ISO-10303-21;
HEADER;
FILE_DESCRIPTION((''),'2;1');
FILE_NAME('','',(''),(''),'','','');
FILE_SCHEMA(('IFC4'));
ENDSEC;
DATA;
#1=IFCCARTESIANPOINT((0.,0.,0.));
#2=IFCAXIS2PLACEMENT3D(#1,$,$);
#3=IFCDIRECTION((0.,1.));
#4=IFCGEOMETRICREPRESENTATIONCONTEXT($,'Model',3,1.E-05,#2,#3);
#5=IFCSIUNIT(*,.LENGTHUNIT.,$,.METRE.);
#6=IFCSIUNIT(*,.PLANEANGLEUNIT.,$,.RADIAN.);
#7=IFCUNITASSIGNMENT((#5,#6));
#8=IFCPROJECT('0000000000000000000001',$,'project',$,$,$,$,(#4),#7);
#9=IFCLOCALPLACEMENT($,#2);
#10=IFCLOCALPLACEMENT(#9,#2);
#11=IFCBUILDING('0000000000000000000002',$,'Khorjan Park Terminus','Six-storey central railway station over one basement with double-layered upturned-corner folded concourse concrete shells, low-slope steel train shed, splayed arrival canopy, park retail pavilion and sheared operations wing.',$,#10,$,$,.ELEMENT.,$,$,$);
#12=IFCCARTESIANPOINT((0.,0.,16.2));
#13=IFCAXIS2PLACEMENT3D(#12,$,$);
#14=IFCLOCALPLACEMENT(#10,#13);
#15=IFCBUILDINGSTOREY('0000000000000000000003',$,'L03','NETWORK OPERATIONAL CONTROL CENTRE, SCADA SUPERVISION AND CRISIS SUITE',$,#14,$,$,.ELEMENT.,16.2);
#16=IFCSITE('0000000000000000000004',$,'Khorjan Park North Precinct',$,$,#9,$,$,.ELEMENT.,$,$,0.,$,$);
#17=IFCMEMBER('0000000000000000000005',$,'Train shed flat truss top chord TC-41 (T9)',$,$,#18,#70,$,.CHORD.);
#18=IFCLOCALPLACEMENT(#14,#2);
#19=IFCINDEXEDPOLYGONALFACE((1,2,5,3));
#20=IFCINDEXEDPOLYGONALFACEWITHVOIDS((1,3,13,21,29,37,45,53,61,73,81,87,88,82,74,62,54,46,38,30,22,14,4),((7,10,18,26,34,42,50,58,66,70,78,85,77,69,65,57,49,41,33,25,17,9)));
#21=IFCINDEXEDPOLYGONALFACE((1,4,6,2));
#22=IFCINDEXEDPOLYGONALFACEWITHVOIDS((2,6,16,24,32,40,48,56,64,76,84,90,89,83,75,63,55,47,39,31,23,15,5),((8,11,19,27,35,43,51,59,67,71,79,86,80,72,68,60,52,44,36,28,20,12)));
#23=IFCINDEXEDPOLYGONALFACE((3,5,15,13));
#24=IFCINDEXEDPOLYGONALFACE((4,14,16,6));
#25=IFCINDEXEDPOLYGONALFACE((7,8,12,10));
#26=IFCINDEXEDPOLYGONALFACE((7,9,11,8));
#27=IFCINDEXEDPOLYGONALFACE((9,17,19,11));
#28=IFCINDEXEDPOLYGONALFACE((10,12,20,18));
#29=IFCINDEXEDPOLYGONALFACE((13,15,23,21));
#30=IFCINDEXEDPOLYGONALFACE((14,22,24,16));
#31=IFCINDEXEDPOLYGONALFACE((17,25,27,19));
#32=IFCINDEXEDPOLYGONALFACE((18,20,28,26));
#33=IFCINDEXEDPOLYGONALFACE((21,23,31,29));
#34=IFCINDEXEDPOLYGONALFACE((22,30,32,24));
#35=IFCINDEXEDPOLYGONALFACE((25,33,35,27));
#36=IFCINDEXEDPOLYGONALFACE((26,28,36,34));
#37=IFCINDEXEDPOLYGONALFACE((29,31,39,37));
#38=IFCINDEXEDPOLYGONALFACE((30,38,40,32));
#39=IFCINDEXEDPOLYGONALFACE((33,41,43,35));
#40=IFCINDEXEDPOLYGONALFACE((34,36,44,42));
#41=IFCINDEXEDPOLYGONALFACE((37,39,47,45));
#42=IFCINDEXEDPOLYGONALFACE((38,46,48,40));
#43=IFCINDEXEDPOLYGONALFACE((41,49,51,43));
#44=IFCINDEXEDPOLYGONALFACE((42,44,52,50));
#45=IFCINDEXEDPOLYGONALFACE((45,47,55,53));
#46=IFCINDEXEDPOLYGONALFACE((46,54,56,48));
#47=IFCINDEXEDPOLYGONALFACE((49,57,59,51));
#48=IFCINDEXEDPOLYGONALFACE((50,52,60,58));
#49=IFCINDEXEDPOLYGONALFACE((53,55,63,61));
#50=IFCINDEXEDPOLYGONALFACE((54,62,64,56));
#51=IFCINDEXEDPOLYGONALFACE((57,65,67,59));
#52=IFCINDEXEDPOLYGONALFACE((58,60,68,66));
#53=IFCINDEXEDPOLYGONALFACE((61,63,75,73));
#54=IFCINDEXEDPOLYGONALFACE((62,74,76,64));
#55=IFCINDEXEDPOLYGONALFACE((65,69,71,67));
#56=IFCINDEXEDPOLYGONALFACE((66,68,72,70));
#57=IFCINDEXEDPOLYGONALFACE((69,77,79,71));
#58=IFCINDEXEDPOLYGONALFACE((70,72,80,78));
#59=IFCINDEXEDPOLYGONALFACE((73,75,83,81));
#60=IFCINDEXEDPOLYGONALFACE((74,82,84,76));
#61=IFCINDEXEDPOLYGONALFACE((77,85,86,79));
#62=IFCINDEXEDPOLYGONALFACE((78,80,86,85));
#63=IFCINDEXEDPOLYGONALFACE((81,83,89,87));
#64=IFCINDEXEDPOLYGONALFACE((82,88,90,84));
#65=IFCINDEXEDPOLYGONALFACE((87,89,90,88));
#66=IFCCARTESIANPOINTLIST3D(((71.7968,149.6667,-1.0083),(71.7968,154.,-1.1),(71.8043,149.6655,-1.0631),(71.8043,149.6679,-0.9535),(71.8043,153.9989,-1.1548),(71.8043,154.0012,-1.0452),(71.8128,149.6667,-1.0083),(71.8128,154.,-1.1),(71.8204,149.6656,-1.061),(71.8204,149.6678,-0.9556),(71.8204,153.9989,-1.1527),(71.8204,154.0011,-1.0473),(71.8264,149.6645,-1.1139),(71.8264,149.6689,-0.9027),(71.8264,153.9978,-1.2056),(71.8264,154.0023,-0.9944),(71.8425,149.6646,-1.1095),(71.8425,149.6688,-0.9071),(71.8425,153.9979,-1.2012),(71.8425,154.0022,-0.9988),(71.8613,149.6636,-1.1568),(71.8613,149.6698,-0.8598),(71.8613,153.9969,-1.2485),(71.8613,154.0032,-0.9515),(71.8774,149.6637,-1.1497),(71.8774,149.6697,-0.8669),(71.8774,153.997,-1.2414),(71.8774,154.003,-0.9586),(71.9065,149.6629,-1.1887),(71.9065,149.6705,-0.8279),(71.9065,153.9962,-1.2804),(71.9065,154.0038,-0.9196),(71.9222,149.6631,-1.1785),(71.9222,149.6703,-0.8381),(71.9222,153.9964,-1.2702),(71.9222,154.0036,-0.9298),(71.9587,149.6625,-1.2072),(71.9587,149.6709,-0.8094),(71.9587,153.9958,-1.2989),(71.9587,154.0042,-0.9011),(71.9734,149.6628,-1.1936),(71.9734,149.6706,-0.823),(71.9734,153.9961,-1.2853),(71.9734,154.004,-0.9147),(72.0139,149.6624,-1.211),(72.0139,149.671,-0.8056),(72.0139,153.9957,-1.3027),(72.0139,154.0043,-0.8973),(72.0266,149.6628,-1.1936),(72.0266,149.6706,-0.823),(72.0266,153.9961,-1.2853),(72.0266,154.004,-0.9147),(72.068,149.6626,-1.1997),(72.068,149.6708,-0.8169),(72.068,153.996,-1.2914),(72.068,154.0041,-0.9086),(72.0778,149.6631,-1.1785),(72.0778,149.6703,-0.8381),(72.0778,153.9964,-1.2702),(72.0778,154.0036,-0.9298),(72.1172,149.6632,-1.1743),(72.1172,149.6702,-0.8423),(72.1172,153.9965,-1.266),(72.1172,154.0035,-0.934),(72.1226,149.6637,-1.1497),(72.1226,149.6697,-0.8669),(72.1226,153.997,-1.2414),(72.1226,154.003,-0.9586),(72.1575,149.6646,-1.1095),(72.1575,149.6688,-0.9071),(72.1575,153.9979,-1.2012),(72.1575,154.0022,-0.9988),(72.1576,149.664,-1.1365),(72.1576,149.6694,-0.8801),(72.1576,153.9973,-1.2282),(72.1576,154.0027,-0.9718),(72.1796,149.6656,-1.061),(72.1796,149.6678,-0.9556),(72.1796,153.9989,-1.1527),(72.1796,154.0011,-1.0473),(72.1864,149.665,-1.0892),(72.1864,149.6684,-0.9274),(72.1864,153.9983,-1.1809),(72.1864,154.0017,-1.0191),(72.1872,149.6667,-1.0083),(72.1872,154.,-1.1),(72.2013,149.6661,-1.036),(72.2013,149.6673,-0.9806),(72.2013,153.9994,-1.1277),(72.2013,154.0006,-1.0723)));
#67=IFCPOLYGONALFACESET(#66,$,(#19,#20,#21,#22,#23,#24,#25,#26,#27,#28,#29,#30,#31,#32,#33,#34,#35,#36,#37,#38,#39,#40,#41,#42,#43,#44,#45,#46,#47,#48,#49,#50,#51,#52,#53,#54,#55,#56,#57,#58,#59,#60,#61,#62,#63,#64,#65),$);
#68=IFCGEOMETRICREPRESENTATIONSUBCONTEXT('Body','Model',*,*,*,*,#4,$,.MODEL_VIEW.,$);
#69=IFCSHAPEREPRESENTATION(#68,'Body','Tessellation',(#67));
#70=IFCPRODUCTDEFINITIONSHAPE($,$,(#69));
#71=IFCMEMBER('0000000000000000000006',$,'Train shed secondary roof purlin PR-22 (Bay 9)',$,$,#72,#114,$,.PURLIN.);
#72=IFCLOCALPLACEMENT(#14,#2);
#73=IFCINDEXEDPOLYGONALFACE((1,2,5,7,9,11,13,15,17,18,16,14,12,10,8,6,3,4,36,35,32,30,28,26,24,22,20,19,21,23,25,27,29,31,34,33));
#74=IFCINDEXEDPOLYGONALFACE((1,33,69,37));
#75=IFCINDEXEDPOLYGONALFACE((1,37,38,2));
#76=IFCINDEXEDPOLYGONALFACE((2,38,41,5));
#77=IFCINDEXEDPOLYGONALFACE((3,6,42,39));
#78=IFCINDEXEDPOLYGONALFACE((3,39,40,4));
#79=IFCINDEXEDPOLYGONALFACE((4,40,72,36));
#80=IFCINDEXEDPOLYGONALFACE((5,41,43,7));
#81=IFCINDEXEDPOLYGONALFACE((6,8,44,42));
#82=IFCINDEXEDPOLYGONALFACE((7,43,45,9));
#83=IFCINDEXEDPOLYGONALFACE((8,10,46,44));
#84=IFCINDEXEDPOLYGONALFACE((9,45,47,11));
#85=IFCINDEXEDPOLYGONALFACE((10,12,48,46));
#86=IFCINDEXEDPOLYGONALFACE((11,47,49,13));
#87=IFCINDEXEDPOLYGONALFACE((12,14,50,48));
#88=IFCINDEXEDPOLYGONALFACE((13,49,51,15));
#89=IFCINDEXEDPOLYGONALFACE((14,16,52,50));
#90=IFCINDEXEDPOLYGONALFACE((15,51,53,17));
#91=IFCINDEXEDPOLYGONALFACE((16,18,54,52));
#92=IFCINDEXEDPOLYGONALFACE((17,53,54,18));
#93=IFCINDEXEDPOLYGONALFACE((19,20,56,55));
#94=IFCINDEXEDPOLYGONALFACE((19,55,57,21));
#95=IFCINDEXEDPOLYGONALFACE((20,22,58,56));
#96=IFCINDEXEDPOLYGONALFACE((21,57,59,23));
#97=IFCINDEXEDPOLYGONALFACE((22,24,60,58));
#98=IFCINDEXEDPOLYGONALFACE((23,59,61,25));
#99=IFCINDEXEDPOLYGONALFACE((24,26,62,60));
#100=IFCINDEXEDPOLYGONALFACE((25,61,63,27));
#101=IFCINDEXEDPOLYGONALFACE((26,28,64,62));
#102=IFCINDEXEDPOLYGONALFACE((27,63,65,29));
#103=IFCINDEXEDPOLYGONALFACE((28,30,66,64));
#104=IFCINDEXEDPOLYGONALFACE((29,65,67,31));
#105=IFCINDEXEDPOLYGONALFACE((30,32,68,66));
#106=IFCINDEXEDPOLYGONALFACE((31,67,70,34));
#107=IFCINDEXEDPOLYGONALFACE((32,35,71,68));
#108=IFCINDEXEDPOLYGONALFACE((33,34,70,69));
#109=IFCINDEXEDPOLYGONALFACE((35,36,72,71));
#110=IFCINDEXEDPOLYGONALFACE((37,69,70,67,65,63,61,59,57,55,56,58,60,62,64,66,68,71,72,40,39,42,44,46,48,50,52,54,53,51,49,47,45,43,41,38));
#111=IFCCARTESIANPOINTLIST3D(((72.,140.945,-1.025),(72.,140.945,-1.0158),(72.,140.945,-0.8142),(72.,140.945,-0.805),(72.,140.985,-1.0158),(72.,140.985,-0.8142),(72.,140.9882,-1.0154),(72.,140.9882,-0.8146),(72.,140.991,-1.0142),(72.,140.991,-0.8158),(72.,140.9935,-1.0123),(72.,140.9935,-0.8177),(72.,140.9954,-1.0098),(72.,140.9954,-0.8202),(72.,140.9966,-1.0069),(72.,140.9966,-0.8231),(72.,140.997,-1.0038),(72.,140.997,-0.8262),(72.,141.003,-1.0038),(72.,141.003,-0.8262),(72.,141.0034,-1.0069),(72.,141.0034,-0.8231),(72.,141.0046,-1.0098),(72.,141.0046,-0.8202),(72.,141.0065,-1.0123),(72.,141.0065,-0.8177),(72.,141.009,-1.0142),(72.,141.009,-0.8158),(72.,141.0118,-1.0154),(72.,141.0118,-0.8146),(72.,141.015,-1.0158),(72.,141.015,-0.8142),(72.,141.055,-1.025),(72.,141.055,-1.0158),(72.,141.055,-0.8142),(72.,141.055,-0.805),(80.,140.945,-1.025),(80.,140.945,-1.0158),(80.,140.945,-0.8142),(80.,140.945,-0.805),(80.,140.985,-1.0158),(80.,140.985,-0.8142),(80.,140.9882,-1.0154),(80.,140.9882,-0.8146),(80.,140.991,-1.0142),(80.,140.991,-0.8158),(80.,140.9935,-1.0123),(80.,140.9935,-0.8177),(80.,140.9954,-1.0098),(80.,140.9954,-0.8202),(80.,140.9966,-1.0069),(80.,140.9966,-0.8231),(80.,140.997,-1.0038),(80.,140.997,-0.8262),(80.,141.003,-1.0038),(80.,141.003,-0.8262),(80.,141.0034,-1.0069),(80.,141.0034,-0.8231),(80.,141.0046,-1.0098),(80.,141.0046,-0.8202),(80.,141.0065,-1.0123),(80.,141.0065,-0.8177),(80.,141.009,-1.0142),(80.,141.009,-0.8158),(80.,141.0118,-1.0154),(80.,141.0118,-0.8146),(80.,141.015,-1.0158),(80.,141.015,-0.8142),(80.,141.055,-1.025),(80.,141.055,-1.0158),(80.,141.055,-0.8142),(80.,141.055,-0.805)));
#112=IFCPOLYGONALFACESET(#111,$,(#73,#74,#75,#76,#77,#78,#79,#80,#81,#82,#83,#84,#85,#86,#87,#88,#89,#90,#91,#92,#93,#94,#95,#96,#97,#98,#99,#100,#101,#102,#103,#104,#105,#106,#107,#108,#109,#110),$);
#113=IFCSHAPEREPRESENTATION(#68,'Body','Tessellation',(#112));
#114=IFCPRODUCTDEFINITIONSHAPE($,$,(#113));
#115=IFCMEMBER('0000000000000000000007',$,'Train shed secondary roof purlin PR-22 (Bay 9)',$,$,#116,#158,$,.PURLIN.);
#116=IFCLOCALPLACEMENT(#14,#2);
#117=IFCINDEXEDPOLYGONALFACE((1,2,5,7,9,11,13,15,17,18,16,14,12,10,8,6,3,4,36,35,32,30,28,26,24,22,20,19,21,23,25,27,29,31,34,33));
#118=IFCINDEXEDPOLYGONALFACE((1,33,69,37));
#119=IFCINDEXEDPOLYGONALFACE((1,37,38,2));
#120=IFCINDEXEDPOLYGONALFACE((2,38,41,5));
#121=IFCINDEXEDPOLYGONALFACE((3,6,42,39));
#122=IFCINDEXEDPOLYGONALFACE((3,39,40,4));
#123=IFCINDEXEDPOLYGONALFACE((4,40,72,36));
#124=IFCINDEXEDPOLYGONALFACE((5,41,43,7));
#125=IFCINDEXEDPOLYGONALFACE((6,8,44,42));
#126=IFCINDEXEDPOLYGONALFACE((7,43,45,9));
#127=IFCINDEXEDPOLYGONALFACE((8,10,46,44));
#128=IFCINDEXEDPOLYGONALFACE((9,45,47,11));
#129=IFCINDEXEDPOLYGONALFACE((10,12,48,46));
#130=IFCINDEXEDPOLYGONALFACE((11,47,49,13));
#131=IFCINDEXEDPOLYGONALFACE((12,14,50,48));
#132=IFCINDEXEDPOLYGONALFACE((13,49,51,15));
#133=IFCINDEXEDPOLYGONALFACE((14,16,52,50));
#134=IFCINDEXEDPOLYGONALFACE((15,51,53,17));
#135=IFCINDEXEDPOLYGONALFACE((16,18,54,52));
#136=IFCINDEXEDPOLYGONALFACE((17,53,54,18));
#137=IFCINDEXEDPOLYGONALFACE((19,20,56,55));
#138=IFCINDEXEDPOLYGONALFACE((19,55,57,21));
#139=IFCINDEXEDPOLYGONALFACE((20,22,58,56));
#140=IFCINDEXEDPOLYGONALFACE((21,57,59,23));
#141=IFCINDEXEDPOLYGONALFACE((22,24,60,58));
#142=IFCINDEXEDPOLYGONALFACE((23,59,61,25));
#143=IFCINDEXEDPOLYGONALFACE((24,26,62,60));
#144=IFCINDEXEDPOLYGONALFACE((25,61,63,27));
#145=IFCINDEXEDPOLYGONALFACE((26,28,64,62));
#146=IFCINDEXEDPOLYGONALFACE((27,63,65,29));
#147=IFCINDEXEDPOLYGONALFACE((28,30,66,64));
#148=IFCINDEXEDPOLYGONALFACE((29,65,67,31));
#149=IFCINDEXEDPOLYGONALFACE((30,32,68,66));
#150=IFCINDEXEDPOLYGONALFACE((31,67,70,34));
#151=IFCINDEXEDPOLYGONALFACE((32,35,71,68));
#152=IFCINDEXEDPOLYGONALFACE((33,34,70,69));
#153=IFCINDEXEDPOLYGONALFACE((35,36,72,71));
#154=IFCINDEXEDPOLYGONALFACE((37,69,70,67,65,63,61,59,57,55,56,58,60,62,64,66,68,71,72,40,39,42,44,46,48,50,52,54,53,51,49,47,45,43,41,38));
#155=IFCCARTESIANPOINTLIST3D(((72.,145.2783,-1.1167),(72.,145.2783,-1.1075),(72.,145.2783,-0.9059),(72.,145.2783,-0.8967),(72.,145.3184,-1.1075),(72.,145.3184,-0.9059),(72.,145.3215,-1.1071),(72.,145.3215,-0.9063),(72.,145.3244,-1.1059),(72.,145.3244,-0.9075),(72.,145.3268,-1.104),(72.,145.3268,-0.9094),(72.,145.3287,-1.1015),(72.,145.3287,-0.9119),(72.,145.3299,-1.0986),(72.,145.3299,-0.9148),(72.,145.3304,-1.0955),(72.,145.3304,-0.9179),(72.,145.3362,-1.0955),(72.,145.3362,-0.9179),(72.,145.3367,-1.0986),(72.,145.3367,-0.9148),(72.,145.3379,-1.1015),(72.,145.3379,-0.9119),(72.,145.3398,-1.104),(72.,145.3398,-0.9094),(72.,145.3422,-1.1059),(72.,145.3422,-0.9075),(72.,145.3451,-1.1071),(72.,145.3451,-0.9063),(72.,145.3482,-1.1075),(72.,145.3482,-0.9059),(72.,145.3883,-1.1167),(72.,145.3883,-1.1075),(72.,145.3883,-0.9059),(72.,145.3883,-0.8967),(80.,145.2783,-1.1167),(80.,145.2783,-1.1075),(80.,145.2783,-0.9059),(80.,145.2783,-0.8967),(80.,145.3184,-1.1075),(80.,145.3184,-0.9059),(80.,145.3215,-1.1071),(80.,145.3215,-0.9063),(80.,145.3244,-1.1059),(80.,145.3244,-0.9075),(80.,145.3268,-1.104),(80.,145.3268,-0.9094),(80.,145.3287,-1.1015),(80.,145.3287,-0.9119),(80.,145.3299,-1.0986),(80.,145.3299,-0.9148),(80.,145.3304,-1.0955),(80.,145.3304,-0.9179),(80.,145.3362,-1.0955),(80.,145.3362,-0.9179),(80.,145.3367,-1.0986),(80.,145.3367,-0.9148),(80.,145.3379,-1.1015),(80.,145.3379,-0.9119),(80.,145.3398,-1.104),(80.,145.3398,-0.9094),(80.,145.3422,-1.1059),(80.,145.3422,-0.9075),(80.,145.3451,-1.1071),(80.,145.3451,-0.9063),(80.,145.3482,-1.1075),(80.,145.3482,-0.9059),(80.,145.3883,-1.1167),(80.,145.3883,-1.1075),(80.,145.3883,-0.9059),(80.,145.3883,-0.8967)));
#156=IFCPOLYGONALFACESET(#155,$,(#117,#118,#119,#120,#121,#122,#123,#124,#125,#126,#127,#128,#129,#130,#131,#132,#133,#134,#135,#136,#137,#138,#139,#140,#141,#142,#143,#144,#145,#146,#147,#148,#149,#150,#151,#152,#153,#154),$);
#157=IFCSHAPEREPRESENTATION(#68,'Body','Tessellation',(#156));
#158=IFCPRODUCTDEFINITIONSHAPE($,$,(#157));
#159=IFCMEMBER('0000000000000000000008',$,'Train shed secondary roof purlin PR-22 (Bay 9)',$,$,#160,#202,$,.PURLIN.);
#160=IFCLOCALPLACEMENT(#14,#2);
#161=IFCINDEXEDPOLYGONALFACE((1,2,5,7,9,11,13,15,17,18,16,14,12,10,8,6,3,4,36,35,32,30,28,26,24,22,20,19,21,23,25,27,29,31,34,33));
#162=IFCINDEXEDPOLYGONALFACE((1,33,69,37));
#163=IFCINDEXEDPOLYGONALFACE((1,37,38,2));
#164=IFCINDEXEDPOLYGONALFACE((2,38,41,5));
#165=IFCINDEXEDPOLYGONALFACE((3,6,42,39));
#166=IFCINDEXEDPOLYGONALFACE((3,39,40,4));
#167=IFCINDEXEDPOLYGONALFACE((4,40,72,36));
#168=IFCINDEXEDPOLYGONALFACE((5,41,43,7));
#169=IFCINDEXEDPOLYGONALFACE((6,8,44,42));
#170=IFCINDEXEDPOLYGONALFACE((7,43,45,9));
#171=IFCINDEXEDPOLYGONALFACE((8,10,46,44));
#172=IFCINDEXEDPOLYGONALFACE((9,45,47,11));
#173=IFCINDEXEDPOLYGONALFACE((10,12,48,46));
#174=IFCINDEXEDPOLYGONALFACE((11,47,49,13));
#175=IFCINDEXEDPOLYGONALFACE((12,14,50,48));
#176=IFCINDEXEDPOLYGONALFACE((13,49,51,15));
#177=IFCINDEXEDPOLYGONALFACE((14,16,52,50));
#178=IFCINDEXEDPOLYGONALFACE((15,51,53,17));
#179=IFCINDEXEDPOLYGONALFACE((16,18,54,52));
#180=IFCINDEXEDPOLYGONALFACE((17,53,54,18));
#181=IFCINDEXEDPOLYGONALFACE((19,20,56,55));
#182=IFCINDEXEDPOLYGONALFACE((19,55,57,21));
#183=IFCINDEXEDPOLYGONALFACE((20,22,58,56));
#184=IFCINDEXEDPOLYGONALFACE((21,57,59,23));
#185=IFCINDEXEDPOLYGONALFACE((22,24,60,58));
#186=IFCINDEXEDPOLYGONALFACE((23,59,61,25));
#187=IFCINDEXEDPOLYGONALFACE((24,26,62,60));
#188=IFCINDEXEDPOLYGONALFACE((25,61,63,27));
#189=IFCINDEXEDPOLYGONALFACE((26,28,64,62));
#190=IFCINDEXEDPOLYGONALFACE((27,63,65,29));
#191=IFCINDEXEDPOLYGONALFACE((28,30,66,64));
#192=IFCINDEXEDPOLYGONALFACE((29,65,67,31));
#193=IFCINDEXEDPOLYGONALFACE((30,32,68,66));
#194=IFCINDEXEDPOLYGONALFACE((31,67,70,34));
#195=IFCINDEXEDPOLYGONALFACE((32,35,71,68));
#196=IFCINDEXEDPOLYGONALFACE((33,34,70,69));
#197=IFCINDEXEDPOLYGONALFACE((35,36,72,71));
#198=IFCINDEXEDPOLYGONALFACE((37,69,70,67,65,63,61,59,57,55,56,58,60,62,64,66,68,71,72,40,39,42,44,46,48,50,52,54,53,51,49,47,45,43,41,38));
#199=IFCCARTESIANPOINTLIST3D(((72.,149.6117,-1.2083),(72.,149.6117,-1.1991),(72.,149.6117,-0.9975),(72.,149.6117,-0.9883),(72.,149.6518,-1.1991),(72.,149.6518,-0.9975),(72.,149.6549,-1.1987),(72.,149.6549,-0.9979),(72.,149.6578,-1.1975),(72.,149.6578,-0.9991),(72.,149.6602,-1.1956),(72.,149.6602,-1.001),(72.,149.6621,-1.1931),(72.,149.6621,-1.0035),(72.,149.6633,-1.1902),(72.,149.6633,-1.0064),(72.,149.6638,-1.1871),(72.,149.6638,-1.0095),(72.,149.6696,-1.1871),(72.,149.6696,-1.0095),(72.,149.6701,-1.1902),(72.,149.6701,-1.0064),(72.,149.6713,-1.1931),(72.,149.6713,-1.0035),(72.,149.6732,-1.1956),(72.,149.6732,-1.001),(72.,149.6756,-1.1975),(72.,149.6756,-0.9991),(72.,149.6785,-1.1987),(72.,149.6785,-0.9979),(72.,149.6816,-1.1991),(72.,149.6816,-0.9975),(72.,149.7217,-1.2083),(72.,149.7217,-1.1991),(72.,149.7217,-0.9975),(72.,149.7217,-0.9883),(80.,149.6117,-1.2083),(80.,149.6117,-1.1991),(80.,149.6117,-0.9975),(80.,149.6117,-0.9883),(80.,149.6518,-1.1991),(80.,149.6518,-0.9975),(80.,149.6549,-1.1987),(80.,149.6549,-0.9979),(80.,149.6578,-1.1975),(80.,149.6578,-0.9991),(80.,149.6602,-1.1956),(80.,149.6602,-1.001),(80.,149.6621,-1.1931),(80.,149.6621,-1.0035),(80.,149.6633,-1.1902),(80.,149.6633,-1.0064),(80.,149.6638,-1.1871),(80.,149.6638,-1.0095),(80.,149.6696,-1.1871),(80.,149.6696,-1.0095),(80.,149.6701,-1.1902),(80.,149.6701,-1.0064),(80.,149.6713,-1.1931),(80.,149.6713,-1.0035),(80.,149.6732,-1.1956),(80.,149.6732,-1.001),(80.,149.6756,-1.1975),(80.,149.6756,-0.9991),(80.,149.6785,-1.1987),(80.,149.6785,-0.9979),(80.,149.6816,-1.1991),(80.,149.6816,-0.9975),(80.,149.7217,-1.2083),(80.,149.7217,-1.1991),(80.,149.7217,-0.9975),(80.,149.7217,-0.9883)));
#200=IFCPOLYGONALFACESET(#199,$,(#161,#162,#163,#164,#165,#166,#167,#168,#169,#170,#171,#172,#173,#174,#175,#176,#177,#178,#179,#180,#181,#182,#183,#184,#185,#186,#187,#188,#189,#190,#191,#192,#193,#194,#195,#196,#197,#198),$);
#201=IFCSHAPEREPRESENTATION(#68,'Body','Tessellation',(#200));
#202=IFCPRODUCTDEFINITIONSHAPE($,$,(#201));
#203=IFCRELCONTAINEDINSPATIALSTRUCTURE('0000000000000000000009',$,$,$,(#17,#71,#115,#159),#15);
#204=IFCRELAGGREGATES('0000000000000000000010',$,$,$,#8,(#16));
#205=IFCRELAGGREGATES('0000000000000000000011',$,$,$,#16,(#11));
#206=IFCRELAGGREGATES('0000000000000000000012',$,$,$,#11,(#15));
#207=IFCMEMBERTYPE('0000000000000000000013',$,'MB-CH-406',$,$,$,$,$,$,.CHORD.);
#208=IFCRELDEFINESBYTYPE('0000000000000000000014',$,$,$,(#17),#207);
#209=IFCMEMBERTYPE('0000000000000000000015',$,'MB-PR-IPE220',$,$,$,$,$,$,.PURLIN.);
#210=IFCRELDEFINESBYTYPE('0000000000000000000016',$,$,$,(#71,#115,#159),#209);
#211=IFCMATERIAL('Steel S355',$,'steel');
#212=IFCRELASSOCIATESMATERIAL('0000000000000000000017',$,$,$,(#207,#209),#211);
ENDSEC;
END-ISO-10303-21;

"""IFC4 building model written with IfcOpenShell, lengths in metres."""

from ifc_helpers import new_model, si_unit, direction, frame, origin, origin_2d, place, context, subcontext, project, spatial, hollow_circle, i_section, extrude, material, material_profile, profile_set, type_object, element, save


model = new_model("IFC4")

# Units and contexts
model_context = context("Model", 3, precision=1e-05, world=origin(), true_north=direction((0.0, 1.0)))
body_context = subcontext(model_context, "Body", "Model", "MODEL_VIEW")
ifc_project = project(units=[si_unit("LENGTHUNIT", "METRE"), si_unit("PLANEANGLEUNIT", "RADIAN")], contexts=[model_context])

# Site, building, storey
site_placement = place(None, origin())
site = spatial("IfcSite", under=ifc_project, at=site_placement, Name="Khorjan Park North Precinct", CompositionType="ELEMENT", RefElevation=0.0)
building_placement = place(site_placement, origin())
building = spatial("IfcBuilding", under=site, at=building_placement, Name="Khorjan Park Terminus", Description="Six-storey central railway station over one basement with double-layered upturned-corner folded concourse concrete shells, low-slope steel train shed, splayed arrival canopy, park retail pavilion and sheared operations wing.", CompositionType="ELEMENT")
storey_placement = place(building_placement, frame((0.0, 0.0, 16.2)))
storey = spatial("IfcBuildingStorey", under=building, at=storey_placement, Name="L03", Description="NETWORK OPERATIONAL CONTROL CENTRE, SCADA SUPERVISION AND CRISIS SUITE", CompositionType="ELEMENT", Elevation=16.2)

# Members
ifc_material = material(Name="Steel S355", Category="steel")
ifc_material_profile_1 = material_profile(ifc_material, hollow_circle(Radius=0.2032, WallThickness=0.016, at=origin_2d()), Name="CHS 406.4x16")
ifc_profile_set_1 = profile_set([ifc_material_profile_1], Name="Steel S355")
member_type_1 = type_object("IfcMemberType", Name="MB-CH-406", PredefinedType="CHORD", material=ifc_profile_set_1)
member_1_placement = place(storey_placement, frame((72.0, 149.6667, -1.0083), z_axis=(0.0, 0.999776, -0.021157), x_axis=(-1.0, 0.0, 0.0)))
element("IfcMember", 1, at=member_1_placement, inside=storey, type_object=member_type_1, Name="Train shed flat truss top chord TC-41 (T9)", PredefinedType="CHORD", context=body_context, shape_type="SweptSolid", body=[
    extrude(hollow_circle(Radius=0.2032, WallThickness=0.016, at=origin_2d()), origin(), (0.0, 0.0, 1.0), 4.3343),
])
ifc_material_profile_2 = material_profile(ifc_material, i_section(OverallWidth=0.11, OverallDepth=0.22, WebThickness=0.0059, FlangeThickness=0.0092, FilletRadius=0.012, at=origin_2d()), Name="IPE 220")
ifc_profile_set_2 = profile_set([ifc_material_profile_2], Name="Steel S355")
member_type_2 = type_object("IfcMemberType", Name="MB-PR-IPE220", PredefinedType="PURLIN", material=ifc_profile_set_2)
for number, where, z_axis, x_axis, name in (
    (2, (72.0, 141.0, -0.915), (1.0, 0.0, 0.0), (0.0, 1.0, 0.0), "Train shed secondary roof purlin PR-22 (Bay 9)"),
    (3, (72.0, 145.3333, -1.0067), (1.0, 0.0, 0.0), (0.0, 1.0, 0.0), "Train shed secondary roof purlin PR-22 (Bay 9)"),
    (4, (72.0, 149.6667, -1.0983), (1.0, 0.0, 0.0), (0.0, 1.0, 0.0), "Train shed secondary roof purlin PR-22 (Bay 9)"),
):
    element("IfcMember", number, at=place(storey_placement, frame(where, z_axis=z_axis, x_axis=x_axis)), inside=storey, type_object=member_type_2, Name=name, PredefinedType="PURLIN", context=body_context, shape_type="SweptSolid", body=[
        extrude(i_section(OverallWidth=0.11, OverallDepth=0.22, WebThickness=0.0059, FlangeThickness=0.0092, FilletRadius=0.012, at=origin_2d()), origin(), (0.0, 0.0, 1.0), 8.0),
    ])

save(model, "model.ifc")
